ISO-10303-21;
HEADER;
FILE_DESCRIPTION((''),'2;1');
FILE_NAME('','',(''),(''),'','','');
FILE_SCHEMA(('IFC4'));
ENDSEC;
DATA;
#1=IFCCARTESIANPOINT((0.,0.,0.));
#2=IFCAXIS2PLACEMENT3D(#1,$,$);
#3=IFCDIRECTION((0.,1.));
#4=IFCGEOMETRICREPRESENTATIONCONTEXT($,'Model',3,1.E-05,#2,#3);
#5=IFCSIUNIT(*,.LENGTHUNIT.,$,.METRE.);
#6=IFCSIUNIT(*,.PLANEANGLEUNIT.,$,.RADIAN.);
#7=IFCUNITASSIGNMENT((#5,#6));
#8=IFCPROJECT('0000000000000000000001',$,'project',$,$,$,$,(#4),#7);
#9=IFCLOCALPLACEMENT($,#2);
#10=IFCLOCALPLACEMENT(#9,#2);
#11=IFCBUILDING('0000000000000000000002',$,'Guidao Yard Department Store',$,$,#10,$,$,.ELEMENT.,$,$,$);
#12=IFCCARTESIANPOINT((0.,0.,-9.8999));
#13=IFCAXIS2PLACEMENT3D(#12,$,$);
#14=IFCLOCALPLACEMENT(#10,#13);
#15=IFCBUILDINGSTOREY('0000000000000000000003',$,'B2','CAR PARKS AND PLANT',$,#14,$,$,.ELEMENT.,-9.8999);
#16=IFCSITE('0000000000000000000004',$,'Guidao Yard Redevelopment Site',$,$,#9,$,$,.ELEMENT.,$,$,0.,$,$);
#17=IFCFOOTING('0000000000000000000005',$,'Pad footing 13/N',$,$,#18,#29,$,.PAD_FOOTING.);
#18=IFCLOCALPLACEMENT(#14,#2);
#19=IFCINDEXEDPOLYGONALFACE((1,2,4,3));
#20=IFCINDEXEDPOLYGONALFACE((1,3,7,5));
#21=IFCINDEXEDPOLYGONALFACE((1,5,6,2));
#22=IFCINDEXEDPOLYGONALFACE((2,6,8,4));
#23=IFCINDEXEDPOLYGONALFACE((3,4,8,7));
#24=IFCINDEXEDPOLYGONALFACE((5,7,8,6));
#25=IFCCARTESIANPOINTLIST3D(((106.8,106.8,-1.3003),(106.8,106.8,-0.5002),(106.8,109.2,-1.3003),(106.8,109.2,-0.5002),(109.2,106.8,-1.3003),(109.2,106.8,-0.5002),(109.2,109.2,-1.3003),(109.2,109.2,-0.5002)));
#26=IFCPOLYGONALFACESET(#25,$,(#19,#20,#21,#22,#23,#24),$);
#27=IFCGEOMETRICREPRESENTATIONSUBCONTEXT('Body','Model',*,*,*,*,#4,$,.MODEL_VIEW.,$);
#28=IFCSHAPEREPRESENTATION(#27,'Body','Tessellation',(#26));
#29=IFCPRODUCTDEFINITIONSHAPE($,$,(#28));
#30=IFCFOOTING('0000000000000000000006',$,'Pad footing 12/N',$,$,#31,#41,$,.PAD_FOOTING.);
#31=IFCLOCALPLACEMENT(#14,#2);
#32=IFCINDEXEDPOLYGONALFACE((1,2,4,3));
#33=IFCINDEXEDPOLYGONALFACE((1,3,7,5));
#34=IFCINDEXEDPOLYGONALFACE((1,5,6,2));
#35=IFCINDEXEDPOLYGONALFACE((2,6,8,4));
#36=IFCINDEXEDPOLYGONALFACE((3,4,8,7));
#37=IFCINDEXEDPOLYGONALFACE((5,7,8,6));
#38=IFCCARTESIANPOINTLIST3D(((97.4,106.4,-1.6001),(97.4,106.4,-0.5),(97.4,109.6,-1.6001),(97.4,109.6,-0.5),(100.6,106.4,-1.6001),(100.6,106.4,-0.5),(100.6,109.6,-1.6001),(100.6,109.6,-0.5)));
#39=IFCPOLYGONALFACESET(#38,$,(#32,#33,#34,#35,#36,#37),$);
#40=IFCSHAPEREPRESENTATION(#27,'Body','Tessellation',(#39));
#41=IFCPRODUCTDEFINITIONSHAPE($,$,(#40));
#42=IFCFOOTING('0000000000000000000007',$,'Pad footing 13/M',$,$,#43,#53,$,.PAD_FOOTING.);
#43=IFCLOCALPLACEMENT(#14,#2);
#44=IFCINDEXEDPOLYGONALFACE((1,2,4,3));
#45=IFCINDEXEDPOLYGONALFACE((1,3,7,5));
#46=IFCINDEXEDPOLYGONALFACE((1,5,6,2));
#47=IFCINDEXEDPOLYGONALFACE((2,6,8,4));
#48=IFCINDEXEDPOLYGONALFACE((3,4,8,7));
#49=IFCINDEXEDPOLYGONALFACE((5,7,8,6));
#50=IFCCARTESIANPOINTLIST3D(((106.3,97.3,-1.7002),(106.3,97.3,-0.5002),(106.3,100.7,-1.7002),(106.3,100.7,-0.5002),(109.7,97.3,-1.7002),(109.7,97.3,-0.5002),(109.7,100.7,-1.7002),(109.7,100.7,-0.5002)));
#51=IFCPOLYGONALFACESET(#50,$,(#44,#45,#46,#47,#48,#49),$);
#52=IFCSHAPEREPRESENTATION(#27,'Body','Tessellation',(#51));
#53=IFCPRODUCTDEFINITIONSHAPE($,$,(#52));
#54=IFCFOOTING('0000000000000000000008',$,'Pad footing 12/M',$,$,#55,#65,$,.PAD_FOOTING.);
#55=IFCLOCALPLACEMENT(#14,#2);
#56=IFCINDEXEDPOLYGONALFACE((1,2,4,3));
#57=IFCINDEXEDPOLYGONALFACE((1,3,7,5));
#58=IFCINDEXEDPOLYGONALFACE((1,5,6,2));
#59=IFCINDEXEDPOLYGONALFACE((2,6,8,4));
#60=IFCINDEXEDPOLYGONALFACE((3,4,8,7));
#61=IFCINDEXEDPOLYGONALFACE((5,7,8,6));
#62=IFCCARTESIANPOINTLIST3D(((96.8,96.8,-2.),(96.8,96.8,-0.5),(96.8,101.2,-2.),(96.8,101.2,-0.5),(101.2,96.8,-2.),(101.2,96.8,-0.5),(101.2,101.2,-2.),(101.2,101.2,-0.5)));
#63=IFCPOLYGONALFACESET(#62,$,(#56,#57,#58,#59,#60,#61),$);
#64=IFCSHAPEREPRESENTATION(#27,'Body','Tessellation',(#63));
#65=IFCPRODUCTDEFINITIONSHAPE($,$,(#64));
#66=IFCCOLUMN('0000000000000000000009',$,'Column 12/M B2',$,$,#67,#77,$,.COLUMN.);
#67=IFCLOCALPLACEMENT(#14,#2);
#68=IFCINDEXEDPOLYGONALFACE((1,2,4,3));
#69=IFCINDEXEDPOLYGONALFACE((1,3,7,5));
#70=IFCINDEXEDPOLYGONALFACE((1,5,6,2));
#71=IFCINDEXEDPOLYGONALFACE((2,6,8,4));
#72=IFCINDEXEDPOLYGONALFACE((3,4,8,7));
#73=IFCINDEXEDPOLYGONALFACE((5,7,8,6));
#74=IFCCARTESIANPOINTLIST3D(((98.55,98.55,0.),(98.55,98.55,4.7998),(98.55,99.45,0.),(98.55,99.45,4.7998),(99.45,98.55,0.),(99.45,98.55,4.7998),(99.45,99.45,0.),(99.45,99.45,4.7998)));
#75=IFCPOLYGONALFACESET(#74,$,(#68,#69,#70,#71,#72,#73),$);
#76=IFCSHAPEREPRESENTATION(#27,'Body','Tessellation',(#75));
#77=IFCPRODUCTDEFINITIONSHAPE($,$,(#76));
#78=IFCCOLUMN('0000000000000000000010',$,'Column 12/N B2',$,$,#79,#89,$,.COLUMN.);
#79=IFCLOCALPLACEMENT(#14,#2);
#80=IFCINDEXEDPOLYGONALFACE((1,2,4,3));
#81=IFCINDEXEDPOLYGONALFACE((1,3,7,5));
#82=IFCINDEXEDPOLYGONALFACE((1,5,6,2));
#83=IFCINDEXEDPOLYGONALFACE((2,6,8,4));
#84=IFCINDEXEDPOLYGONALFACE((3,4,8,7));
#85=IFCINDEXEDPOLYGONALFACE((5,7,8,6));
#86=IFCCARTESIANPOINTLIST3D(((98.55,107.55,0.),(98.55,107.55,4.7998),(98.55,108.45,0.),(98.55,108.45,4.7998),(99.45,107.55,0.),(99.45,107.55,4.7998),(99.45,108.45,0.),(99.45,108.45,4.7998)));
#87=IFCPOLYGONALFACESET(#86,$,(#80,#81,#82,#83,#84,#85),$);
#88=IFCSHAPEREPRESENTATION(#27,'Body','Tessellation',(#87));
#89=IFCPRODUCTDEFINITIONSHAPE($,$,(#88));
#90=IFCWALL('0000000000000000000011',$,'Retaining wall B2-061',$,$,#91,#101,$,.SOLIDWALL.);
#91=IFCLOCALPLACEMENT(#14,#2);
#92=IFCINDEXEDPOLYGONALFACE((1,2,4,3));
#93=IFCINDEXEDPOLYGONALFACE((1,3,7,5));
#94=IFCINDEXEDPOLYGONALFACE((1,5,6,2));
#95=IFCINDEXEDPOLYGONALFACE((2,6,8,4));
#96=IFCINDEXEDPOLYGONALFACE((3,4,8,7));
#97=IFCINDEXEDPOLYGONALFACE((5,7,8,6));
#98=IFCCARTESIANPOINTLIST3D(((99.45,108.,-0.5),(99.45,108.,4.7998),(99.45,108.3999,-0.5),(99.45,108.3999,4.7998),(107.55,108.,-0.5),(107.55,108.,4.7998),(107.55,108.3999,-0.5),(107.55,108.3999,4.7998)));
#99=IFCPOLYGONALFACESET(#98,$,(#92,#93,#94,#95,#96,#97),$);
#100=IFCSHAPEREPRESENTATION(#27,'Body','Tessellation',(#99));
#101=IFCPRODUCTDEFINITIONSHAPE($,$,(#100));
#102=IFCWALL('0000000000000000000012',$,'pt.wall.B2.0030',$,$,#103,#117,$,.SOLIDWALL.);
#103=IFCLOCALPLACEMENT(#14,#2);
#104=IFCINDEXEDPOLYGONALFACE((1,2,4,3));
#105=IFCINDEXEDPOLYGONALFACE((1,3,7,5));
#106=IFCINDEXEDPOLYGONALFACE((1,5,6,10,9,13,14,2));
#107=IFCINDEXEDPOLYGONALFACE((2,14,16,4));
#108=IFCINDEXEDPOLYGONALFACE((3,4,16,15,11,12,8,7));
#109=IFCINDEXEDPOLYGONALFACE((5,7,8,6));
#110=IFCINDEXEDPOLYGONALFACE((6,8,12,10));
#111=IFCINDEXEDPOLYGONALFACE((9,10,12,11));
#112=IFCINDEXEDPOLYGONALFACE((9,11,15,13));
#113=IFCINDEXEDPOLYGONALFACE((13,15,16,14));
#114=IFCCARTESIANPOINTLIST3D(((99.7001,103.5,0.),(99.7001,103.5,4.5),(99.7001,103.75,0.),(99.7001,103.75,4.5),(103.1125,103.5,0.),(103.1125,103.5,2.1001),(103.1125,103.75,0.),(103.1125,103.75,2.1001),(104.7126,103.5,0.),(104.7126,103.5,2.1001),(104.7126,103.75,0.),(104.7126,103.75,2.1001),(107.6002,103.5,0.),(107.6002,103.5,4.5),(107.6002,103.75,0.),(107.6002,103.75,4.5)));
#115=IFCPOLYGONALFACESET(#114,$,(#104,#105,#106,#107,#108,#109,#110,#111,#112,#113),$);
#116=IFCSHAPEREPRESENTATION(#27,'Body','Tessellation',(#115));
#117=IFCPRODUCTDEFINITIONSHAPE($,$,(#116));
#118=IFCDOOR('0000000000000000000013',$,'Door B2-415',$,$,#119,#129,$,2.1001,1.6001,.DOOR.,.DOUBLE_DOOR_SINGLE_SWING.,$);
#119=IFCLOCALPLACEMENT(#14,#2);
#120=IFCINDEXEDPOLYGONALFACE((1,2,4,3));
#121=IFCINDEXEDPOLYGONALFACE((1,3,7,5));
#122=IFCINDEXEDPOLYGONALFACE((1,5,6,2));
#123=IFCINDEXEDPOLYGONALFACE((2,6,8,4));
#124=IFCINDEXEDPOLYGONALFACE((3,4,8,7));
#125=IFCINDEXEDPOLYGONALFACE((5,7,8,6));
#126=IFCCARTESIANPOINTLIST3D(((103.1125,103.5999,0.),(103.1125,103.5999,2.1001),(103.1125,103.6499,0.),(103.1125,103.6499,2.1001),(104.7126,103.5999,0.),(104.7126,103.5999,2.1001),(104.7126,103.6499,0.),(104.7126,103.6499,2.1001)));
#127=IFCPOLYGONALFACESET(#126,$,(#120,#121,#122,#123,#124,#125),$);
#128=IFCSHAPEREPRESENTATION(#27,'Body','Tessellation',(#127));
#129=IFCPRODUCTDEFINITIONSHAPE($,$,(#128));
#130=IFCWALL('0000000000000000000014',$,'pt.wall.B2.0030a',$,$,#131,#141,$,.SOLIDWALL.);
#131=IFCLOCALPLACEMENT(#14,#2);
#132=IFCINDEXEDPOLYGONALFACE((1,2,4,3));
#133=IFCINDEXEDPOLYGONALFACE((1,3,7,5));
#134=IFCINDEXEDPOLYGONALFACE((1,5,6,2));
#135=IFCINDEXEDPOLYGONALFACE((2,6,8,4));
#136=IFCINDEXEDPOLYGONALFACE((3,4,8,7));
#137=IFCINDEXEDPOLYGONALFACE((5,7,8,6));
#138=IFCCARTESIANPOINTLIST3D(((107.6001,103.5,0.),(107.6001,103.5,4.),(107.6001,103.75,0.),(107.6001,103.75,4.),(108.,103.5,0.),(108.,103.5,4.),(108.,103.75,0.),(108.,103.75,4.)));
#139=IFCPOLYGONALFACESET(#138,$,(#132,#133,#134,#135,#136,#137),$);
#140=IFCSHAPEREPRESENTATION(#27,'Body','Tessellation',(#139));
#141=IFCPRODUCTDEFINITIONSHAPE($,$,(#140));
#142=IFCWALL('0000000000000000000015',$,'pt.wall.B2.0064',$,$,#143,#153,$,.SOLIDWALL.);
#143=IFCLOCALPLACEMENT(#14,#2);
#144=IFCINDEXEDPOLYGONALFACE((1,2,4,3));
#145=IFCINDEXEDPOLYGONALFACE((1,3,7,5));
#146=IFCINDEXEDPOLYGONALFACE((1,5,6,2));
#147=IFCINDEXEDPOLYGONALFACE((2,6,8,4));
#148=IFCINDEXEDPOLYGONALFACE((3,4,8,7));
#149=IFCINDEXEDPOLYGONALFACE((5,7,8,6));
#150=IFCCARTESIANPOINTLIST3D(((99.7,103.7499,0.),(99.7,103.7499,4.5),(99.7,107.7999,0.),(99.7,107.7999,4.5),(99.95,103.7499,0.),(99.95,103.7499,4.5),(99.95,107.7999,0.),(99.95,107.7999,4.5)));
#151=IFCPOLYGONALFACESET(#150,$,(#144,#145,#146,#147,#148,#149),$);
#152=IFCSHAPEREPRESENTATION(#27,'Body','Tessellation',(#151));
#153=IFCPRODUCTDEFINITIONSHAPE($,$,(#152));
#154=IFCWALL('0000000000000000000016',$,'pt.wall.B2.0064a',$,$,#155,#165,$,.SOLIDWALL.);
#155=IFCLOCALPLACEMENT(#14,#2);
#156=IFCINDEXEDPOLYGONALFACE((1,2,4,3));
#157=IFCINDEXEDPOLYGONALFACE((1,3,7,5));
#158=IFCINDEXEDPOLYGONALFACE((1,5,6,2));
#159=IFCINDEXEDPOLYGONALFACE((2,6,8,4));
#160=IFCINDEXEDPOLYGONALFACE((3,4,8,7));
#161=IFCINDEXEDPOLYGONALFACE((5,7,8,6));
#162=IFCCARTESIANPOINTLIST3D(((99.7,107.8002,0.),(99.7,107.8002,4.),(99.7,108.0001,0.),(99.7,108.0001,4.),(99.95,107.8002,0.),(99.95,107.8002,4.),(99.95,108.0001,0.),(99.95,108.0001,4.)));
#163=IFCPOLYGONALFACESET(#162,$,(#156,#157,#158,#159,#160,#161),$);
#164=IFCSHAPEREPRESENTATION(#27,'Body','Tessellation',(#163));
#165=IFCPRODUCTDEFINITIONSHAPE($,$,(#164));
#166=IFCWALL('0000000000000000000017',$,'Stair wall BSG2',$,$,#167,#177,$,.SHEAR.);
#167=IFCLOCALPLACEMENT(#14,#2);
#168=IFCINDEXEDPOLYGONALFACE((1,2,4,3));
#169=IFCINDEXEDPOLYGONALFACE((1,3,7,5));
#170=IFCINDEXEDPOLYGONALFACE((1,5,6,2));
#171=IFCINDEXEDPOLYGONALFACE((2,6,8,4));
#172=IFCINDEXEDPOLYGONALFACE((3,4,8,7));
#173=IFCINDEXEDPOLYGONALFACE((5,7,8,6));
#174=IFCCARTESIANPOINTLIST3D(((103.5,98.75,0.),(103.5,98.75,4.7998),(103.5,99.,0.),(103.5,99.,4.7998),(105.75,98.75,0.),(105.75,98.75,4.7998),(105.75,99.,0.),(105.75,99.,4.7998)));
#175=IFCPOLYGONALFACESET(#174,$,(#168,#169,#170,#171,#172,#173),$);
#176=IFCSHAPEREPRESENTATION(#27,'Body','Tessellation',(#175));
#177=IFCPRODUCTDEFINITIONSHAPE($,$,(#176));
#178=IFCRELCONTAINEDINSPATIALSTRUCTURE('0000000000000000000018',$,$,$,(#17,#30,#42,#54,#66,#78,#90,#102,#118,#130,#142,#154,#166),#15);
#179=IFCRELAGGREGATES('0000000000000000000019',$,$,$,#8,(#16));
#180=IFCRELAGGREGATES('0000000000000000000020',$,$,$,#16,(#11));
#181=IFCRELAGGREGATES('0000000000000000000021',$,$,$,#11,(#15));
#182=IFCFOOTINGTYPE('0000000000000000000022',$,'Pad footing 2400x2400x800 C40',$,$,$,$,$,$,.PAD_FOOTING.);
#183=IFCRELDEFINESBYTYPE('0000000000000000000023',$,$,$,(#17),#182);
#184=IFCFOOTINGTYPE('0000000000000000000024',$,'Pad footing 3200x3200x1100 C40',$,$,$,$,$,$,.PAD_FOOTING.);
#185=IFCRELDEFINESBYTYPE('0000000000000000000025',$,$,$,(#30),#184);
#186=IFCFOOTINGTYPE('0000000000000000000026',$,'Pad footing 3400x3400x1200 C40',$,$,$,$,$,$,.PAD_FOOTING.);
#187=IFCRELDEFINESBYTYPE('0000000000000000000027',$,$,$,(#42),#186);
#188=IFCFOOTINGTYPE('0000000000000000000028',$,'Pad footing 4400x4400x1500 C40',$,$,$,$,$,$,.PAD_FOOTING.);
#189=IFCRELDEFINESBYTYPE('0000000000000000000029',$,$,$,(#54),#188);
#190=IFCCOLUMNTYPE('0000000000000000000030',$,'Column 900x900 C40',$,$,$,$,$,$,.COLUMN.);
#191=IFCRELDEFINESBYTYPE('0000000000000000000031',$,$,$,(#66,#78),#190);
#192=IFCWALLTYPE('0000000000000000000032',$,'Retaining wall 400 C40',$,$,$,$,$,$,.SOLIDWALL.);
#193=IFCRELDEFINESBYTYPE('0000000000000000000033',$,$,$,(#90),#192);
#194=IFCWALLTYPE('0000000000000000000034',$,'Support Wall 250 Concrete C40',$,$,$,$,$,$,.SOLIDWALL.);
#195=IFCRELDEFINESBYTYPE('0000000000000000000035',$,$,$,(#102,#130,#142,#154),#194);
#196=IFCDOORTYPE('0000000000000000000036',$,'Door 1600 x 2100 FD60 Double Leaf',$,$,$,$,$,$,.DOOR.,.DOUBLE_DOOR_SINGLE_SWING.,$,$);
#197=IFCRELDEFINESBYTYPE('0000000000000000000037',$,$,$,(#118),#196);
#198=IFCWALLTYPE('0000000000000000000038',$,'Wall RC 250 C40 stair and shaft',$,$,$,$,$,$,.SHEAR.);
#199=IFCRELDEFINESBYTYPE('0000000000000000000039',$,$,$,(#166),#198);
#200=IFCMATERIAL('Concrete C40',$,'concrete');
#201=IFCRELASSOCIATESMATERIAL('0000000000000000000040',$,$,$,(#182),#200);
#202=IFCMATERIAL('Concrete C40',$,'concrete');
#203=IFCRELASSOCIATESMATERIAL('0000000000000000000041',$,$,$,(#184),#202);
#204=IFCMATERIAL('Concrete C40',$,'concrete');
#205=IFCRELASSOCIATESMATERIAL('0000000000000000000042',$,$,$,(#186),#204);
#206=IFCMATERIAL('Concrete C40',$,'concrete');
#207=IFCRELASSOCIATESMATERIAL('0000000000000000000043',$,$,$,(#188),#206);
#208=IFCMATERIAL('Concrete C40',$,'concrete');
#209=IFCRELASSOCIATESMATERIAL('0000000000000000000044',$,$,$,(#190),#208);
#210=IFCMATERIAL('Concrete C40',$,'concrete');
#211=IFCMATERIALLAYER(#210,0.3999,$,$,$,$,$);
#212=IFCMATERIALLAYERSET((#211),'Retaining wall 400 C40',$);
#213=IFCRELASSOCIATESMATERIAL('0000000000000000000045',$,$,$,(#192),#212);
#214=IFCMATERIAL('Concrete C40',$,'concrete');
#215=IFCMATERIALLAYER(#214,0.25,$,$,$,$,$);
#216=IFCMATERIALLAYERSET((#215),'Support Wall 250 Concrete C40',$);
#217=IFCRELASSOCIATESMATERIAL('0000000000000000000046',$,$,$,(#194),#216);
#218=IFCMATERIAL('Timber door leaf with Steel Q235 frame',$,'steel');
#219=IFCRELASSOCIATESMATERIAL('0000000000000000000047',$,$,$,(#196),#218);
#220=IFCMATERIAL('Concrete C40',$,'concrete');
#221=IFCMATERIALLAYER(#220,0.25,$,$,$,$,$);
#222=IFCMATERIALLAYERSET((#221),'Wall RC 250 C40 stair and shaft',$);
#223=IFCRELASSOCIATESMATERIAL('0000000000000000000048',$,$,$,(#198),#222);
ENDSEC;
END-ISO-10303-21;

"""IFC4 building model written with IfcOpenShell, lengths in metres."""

from ifc_helpers import new_model, si_unit, direction, frame, frame_2d, origin, origin_2d, place, context, subcontext, project, spatial, rectangle, extrude, material, layer, layer_set, material_profile, profile_set, type_object, element, fill, save


model = new_model("IFC4")

# Units and contexts
model_context = context("Model", 3, precision=1e-05, world=origin(), true_north=direction((0.0, 1.0)))
body_context = subcontext(model_context, "Body", "Model", "MODEL_VIEW")
ifc_project = project(units=[si_unit("LENGTHUNIT", "METRE"), si_unit("PLANEANGLEUNIT", "RADIAN")], contexts=[model_context])

# Site, building, storey
site_placement = place(None, origin())
site = spatial("IfcSite", under=ifc_project, at=site_placement, Name="Guidao Yard Redevelopment Site", CompositionType="ELEMENT", RefElevation=0.0)
building_placement = place(site_placement, origin())
building = spatial("IfcBuilding", under=site, at=building_placement, Name="Guidao Yard Department Store", CompositionType="ELEMENT")
storey_placement = place(building_placement, frame((0.0, 0.0, -9.8999)))
storey = spatial("IfcBuildingStorey", under=building, at=storey_placement, Name="B2", Description="CAR PARKS AND PLANT", CompositionType="ELEMENT", Elevation=-9.8999)

# Footings
ifc_material_1 = material(Name="Concrete C40", Category="concrete")
footing_type_1 = type_object("IfcFootingType", Name="Pad footing 2400x2400x800 C40", PredefinedType="PAD_FOOTING", material=ifc_material_1)
footing_1_placement = place(storey_placement, frame((108.0, 108.0, -1.3003), z_axis=(0.0, 0.0, 1.0), x_axis=(1.0, 0.0, 0.0)))
element("IfcFooting", 1, at=footing_1_placement, inside=storey, type_object=footing_type_1, Name="Pad footing 13/N", PredefinedType="PAD_FOOTING", context=body_context, shape_type="SweptSolid", body=[
    extrude(rectangle(XDim=2.3999, YDim=2.3999, at=origin_2d()), origin(), (0.0, 0.0, 1.0), 0.8),
])
ifc_material_2 = material(Name="Concrete C40", Category="concrete")
footing_type_2 = type_object("IfcFootingType", Name="Pad footing 3200x3200x1100 C40", PredefinedType="PAD_FOOTING", material=ifc_material_2)
footing_2_placement = place(storey_placement, frame((99.0, 108.0, -1.6001), z_axis=(0.0, 0.0, 1.0), x_axis=(1.0, 0.0, 0.0)))
element("IfcFooting", 2, at=footing_2_placement, inside=storey, type_object=footing_type_2, Name="Pad footing 12/N", PredefinedType="PAD_FOOTING", context=body_context, shape_type="SweptSolid", body=[
    extrude(rectangle(XDim=3.2, YDim=3.2, at=origin_2d()), origin(), (0.0, 0.0, 1.0), 1.1001),
])
ifc_material_3 = material(Name="Concrete C40", Category="concrete")
footing_type_3 = type_object("IfcFootingType", Name="Pad footing 3400x3400x1200 C40", PredefinedType="PAD_FOOTING", material=ifc_material_3)
footing_3_placement = place(storey_placement, frame((108.0, 99.0, -1.7002), z_axis=(0.0, 0.0, 1.0), x_axis=(1.0, 0.0, 0.0)))
element("IfcFooting", 3, at=footing_3_placement, inside=storey, type_object=footing_type_3, Name="Pad footing 13/M", PredefinedType="PAD_FOOTING", context=body_context, shape_type="SweptSolid", body=[
    extrude(rectangle(XDim=3.3999, YDim=3.3999, at=origin_2d()), origin(), (0.0, 0.0, 1.0), 1.2),
])
ifc_material_4 = material(Name="Concrete C40", Category="concrete")
footing_type_4 = type_object("IfcFootingType", Name="Pad footing 4400x4400x1500 C40", PredefinedType="PAD_FOOTING", material=ifc_material_4)
footing_4_placement = place(storey_placement, frame((99.0, 99.0, -2.0), z_axis=(0.0, 0.0, 1.0), x_axis=(1.0, 0.0, 0.0)))
element("IfcFooting", 4, at=footing_4_placement, inside=storey, type_object=footing_type_4, Name="Pad footing 12/M", PredefinedType="PAD_FOOTING", context=body_context, shape_type="SweptSolid", body=[
    extrude(rectangle(XDim=4.3999, YDim=4.3999, at=origin_2d()), origin(), (0.0, 0.0, 1.0), 1.5),
])

# Columns
ifc_material_5 = material(Name="Concrete C40", Category="concrete")
ifc_material_profile = material_profile(ifc_material_5, rectangle(XDim=0.8999, YDim=0.8999, at=origin_2d()), Name="COL 900x900")
ifc_profile_set = profile_set([ifc_material_profile], Name="Concrete C40")
column_type = type_object("IfcColumnType", Name="Column 900x900 C40", PredefinedType="COLUMN", material=ifc_profile_set)
for number, where, z_axis, x_axis, name in (
    (5, (99.0, 99.0, 0.0), (0.0, 0.0, 1.0), (1.0, 0.0, 0.0), "Column 12/M B2"),
    (6, (99.0, 108.0, 0.0), (0.0, 0.0, 1.0), (1.0, 0.0, 0.0), "Column 12/N B2"),
):
    element("IfcColumn", number, at=place(storey_placement, frame(where, z_axis=z_axis, x_axis=x_axis)), inside=storey, type_object=column_type, Name=name, PredefinedType="COLUMN", context=body_context, shape_type="SweptSolid", body=[
        extrude(rectangle(XDim=0.8999, YDim=0.8999, at=origin_2d()), origin(), (0.0, 0.0, 1.0), 4.7998),
    ])

# Wall
ifc_material_6 = material(Name="Concrete C40", Category="concrete")
ifc_layer_1 = layer(ifc_material_6, 0.3999)
ifc_layer_set_1 = layer_set([ifc_layer_1], Name="Retaining wall 400 C40")
wall_type_1 = type_object("IfcWallType", Name="Retaining wall 400 C40", PredefinedType="SOLIDWALL", material=ifc_layer_set_1)
wall_1_placement = place(storey_placement, frame((99.45, 108.2, -0.5), z_axis=(0.0, 0.0, 1.0), x_axis=(1.0, 0.0, 0.0)))
element("IfcWall", 7, at=wall_1_placement, inside=storey, type_object=wall_type_1, Name="Retaining wall B2-061", PredefinedType="SOLIDWALL", context=body_context, shape_type="SweptSolid", body=[
    extrude(rectangle(XDim=8.1001, YDim=0.3999, at=frame_2d((4.05, 0.0))), origin(), (0.0, 0.0, 1.0), 5.2998),
])

# Wall, opening, door
ifc_material_7 = material(Name="Concrete C40", Category="concrete")
ifc_layer_2 = layer(ifc_material_7, 0.25)
ifc_layer_set_2 = layer_set([ifc_layer_2], Name="Support Wall 250 Concrete C40")
wall_type_2 = type_object("IfcWallType", Name="Support Wall 250 Concrete C40", PredefinedType="SOLIDWALL", material=ifc_layer_set_2)
wall_2_placement = place(storey_placement, frame((99.7, 103.625, 0.0), z_axis=(0.0, 0.0, 1.0), x_axis=(1.0, 0.0, 0.0)))
wall_2 = element("IfcWall", 8, at=wall_2_placement, inside=storey, type_object=wall_type_2, Name="pt.wall.B2.0030", PredefinedType="SOLIDWALL", context=body_context, shape_type="SweptSolid", body=[
    extrude(rectangle(XDim=7.9001, YDim=0.25, at=frame_2d((3.9502, 0.0))), origin(), (0.0, 0.0, 1.0), 4.5),
])
opening_1_placement = place(wall_2_placement, frame((3.4126, 0.0, 0.0)))
opening_1 = element("IfcOpeningElement", 9, at=opening_1_placement, cuts=wall_2, PredefinedType="OPENING", context=body_context, shape_type="SweptSolid", body=[
    extrude(rectangle(XDim=1.6001, YDim=2.1001, at=frame_2d((0.8, 1.05))), frame((0.0, 0.135, 0.0), z_axis=(0.0, -1.0, 0.0), x_axis=(1.0, 0.0, 0.0)), (0.0, 0.0, 1.0), 0.27),
])
ifc_material_8 = material(Name="Timber door leaf with Steel Q235 frame", Category="steel")
door_type_1 = type_object("IfcDoorType", Name="Door 1600 x 2100 FD60 Double Leaf", OperationType="DOUBLE_DOOR_SINGLE_SWING", PredefinedType="DOOR", material=ifc_material_8)
door_1_placement = place(opening_1_placement, origin())
door_1 = element("IfcDoor", 10, at=door_1_placement, inside=storey, type_object=door_type_1, Name="Door B2-415", OperationType="DOUBLE_DOOR_SINGLE_SWING", OverallHeight=2.1001, OverallWidth=1.6001, PredefinedType="DOOR", context=body_context, shape_type="SweptSolid", body=[
    extrude(rectangle(XDim=1.6001, YDim=2.1001, at=frame_2d((0.8, 1.05))), frame((0.0, 0.0249, 0.0), z_axis=(0.0, -1.0, 0.0), x_axis=(1.0, 0.0, 0.0)), (0.0, 0.0, 1.0), 0.05),
])
fill(opening_1, door_1)

# Walls
wall_3_placement = place(storey_placement, frame((107.6001, 103.625, 0.0), z_axis=(0.0, 0.0, 1.0), x_axis=(1.0, 0.0, 0.0)))
element("IfcWall", 11, at=wall_3_placement, inside=storey, type_object=wall_type_2, Name="pt.wall.B2.0030a", PredefinedType="SOLIDWALL", context=body_context, shape_type="SweptSolid", body=[
    extrude(rectangle(XDim=0.3999, YDim=0.25, at=frame_2d((0.2, 0.0))), origin(), (0.0, 0.0, 1.0), 4.0),
])
wall_4_placement = place(storey_placement, frame((99.825, 103.75, 0.0), z_axis=(0.0, 0.0, 1.0), x_axis=(0.0, 1.0, 0.0)))
element("IfcWall", 12, at=wall_4_placement, inside=storey, type_object=wall_type_2, Name="pt.wall.B2.0064", PredefinedType="SOLIDWALL", context=body_context, shape_type="SweptSolid", body=[
    extrude(rectangle(XDim=4.05, YDim=0.25, at=frame_2d((2.0249, 0.0))), origin(), (0.0, 0.0, 1.0), 4.5),
])
wall_5_placement = place(storey_placement, frame((99.825, 107.8, 0.0), z_axis=(0.0, 0.0, 1.0), x_axis=(0.0, 1.0, 0.0)))
element("IfcWall", 13, at=wall_5_placement, inside=storey, type_object=wall_type_2, Name="pt.wall.B2.0064a", PredefinedType="SOLIDWALL", context=body_context, shape_type="SweptSolid", body=[
    extrude(rectangle(XDim=0.2, YDim=0.25, at=frame_2d((0.1001, 0.0))), origin(), (0.0, 0.0, 1.0), 4.0),
])
ifc_material_9 = material(Name="Concrete C40", Category="concrete")
ifc_layer_3 = layer(ifc_material_9, 0.25)
ifc_layer_set_3 = layer_set([ifc_layer_3], Name="Wall RC 250 C40 stair and shaft")
wall_type_3 = type_object("IfcWallType", Name="Wall RC 250 C40 stair and shaft", PredefinedType="SHEAR", material=ifc_layer_set_3)
wall_6_placement = place(storey_placement, frame((103.5, 98.875, 0.0), z_axis=(0.0, 0.0, 1.0), x_axis=(1.0, 0.0, 0.0)))
element("IfcWall", 14, at=wall_6_placement, inside=storey, type_object=wall_type_3, Name="Stair wall BSG2", PredefinedType="SHEAR", context=body_context, shape_type="SweptSolid", body=[
    extrude(rectangle(XDim=2.25, YDim=0.25, at=frame_2d((1.125, 0.0))), origin(), (0.0, 0.0, 1.0), 4.7998),
])

save(model, "model.ifc")
